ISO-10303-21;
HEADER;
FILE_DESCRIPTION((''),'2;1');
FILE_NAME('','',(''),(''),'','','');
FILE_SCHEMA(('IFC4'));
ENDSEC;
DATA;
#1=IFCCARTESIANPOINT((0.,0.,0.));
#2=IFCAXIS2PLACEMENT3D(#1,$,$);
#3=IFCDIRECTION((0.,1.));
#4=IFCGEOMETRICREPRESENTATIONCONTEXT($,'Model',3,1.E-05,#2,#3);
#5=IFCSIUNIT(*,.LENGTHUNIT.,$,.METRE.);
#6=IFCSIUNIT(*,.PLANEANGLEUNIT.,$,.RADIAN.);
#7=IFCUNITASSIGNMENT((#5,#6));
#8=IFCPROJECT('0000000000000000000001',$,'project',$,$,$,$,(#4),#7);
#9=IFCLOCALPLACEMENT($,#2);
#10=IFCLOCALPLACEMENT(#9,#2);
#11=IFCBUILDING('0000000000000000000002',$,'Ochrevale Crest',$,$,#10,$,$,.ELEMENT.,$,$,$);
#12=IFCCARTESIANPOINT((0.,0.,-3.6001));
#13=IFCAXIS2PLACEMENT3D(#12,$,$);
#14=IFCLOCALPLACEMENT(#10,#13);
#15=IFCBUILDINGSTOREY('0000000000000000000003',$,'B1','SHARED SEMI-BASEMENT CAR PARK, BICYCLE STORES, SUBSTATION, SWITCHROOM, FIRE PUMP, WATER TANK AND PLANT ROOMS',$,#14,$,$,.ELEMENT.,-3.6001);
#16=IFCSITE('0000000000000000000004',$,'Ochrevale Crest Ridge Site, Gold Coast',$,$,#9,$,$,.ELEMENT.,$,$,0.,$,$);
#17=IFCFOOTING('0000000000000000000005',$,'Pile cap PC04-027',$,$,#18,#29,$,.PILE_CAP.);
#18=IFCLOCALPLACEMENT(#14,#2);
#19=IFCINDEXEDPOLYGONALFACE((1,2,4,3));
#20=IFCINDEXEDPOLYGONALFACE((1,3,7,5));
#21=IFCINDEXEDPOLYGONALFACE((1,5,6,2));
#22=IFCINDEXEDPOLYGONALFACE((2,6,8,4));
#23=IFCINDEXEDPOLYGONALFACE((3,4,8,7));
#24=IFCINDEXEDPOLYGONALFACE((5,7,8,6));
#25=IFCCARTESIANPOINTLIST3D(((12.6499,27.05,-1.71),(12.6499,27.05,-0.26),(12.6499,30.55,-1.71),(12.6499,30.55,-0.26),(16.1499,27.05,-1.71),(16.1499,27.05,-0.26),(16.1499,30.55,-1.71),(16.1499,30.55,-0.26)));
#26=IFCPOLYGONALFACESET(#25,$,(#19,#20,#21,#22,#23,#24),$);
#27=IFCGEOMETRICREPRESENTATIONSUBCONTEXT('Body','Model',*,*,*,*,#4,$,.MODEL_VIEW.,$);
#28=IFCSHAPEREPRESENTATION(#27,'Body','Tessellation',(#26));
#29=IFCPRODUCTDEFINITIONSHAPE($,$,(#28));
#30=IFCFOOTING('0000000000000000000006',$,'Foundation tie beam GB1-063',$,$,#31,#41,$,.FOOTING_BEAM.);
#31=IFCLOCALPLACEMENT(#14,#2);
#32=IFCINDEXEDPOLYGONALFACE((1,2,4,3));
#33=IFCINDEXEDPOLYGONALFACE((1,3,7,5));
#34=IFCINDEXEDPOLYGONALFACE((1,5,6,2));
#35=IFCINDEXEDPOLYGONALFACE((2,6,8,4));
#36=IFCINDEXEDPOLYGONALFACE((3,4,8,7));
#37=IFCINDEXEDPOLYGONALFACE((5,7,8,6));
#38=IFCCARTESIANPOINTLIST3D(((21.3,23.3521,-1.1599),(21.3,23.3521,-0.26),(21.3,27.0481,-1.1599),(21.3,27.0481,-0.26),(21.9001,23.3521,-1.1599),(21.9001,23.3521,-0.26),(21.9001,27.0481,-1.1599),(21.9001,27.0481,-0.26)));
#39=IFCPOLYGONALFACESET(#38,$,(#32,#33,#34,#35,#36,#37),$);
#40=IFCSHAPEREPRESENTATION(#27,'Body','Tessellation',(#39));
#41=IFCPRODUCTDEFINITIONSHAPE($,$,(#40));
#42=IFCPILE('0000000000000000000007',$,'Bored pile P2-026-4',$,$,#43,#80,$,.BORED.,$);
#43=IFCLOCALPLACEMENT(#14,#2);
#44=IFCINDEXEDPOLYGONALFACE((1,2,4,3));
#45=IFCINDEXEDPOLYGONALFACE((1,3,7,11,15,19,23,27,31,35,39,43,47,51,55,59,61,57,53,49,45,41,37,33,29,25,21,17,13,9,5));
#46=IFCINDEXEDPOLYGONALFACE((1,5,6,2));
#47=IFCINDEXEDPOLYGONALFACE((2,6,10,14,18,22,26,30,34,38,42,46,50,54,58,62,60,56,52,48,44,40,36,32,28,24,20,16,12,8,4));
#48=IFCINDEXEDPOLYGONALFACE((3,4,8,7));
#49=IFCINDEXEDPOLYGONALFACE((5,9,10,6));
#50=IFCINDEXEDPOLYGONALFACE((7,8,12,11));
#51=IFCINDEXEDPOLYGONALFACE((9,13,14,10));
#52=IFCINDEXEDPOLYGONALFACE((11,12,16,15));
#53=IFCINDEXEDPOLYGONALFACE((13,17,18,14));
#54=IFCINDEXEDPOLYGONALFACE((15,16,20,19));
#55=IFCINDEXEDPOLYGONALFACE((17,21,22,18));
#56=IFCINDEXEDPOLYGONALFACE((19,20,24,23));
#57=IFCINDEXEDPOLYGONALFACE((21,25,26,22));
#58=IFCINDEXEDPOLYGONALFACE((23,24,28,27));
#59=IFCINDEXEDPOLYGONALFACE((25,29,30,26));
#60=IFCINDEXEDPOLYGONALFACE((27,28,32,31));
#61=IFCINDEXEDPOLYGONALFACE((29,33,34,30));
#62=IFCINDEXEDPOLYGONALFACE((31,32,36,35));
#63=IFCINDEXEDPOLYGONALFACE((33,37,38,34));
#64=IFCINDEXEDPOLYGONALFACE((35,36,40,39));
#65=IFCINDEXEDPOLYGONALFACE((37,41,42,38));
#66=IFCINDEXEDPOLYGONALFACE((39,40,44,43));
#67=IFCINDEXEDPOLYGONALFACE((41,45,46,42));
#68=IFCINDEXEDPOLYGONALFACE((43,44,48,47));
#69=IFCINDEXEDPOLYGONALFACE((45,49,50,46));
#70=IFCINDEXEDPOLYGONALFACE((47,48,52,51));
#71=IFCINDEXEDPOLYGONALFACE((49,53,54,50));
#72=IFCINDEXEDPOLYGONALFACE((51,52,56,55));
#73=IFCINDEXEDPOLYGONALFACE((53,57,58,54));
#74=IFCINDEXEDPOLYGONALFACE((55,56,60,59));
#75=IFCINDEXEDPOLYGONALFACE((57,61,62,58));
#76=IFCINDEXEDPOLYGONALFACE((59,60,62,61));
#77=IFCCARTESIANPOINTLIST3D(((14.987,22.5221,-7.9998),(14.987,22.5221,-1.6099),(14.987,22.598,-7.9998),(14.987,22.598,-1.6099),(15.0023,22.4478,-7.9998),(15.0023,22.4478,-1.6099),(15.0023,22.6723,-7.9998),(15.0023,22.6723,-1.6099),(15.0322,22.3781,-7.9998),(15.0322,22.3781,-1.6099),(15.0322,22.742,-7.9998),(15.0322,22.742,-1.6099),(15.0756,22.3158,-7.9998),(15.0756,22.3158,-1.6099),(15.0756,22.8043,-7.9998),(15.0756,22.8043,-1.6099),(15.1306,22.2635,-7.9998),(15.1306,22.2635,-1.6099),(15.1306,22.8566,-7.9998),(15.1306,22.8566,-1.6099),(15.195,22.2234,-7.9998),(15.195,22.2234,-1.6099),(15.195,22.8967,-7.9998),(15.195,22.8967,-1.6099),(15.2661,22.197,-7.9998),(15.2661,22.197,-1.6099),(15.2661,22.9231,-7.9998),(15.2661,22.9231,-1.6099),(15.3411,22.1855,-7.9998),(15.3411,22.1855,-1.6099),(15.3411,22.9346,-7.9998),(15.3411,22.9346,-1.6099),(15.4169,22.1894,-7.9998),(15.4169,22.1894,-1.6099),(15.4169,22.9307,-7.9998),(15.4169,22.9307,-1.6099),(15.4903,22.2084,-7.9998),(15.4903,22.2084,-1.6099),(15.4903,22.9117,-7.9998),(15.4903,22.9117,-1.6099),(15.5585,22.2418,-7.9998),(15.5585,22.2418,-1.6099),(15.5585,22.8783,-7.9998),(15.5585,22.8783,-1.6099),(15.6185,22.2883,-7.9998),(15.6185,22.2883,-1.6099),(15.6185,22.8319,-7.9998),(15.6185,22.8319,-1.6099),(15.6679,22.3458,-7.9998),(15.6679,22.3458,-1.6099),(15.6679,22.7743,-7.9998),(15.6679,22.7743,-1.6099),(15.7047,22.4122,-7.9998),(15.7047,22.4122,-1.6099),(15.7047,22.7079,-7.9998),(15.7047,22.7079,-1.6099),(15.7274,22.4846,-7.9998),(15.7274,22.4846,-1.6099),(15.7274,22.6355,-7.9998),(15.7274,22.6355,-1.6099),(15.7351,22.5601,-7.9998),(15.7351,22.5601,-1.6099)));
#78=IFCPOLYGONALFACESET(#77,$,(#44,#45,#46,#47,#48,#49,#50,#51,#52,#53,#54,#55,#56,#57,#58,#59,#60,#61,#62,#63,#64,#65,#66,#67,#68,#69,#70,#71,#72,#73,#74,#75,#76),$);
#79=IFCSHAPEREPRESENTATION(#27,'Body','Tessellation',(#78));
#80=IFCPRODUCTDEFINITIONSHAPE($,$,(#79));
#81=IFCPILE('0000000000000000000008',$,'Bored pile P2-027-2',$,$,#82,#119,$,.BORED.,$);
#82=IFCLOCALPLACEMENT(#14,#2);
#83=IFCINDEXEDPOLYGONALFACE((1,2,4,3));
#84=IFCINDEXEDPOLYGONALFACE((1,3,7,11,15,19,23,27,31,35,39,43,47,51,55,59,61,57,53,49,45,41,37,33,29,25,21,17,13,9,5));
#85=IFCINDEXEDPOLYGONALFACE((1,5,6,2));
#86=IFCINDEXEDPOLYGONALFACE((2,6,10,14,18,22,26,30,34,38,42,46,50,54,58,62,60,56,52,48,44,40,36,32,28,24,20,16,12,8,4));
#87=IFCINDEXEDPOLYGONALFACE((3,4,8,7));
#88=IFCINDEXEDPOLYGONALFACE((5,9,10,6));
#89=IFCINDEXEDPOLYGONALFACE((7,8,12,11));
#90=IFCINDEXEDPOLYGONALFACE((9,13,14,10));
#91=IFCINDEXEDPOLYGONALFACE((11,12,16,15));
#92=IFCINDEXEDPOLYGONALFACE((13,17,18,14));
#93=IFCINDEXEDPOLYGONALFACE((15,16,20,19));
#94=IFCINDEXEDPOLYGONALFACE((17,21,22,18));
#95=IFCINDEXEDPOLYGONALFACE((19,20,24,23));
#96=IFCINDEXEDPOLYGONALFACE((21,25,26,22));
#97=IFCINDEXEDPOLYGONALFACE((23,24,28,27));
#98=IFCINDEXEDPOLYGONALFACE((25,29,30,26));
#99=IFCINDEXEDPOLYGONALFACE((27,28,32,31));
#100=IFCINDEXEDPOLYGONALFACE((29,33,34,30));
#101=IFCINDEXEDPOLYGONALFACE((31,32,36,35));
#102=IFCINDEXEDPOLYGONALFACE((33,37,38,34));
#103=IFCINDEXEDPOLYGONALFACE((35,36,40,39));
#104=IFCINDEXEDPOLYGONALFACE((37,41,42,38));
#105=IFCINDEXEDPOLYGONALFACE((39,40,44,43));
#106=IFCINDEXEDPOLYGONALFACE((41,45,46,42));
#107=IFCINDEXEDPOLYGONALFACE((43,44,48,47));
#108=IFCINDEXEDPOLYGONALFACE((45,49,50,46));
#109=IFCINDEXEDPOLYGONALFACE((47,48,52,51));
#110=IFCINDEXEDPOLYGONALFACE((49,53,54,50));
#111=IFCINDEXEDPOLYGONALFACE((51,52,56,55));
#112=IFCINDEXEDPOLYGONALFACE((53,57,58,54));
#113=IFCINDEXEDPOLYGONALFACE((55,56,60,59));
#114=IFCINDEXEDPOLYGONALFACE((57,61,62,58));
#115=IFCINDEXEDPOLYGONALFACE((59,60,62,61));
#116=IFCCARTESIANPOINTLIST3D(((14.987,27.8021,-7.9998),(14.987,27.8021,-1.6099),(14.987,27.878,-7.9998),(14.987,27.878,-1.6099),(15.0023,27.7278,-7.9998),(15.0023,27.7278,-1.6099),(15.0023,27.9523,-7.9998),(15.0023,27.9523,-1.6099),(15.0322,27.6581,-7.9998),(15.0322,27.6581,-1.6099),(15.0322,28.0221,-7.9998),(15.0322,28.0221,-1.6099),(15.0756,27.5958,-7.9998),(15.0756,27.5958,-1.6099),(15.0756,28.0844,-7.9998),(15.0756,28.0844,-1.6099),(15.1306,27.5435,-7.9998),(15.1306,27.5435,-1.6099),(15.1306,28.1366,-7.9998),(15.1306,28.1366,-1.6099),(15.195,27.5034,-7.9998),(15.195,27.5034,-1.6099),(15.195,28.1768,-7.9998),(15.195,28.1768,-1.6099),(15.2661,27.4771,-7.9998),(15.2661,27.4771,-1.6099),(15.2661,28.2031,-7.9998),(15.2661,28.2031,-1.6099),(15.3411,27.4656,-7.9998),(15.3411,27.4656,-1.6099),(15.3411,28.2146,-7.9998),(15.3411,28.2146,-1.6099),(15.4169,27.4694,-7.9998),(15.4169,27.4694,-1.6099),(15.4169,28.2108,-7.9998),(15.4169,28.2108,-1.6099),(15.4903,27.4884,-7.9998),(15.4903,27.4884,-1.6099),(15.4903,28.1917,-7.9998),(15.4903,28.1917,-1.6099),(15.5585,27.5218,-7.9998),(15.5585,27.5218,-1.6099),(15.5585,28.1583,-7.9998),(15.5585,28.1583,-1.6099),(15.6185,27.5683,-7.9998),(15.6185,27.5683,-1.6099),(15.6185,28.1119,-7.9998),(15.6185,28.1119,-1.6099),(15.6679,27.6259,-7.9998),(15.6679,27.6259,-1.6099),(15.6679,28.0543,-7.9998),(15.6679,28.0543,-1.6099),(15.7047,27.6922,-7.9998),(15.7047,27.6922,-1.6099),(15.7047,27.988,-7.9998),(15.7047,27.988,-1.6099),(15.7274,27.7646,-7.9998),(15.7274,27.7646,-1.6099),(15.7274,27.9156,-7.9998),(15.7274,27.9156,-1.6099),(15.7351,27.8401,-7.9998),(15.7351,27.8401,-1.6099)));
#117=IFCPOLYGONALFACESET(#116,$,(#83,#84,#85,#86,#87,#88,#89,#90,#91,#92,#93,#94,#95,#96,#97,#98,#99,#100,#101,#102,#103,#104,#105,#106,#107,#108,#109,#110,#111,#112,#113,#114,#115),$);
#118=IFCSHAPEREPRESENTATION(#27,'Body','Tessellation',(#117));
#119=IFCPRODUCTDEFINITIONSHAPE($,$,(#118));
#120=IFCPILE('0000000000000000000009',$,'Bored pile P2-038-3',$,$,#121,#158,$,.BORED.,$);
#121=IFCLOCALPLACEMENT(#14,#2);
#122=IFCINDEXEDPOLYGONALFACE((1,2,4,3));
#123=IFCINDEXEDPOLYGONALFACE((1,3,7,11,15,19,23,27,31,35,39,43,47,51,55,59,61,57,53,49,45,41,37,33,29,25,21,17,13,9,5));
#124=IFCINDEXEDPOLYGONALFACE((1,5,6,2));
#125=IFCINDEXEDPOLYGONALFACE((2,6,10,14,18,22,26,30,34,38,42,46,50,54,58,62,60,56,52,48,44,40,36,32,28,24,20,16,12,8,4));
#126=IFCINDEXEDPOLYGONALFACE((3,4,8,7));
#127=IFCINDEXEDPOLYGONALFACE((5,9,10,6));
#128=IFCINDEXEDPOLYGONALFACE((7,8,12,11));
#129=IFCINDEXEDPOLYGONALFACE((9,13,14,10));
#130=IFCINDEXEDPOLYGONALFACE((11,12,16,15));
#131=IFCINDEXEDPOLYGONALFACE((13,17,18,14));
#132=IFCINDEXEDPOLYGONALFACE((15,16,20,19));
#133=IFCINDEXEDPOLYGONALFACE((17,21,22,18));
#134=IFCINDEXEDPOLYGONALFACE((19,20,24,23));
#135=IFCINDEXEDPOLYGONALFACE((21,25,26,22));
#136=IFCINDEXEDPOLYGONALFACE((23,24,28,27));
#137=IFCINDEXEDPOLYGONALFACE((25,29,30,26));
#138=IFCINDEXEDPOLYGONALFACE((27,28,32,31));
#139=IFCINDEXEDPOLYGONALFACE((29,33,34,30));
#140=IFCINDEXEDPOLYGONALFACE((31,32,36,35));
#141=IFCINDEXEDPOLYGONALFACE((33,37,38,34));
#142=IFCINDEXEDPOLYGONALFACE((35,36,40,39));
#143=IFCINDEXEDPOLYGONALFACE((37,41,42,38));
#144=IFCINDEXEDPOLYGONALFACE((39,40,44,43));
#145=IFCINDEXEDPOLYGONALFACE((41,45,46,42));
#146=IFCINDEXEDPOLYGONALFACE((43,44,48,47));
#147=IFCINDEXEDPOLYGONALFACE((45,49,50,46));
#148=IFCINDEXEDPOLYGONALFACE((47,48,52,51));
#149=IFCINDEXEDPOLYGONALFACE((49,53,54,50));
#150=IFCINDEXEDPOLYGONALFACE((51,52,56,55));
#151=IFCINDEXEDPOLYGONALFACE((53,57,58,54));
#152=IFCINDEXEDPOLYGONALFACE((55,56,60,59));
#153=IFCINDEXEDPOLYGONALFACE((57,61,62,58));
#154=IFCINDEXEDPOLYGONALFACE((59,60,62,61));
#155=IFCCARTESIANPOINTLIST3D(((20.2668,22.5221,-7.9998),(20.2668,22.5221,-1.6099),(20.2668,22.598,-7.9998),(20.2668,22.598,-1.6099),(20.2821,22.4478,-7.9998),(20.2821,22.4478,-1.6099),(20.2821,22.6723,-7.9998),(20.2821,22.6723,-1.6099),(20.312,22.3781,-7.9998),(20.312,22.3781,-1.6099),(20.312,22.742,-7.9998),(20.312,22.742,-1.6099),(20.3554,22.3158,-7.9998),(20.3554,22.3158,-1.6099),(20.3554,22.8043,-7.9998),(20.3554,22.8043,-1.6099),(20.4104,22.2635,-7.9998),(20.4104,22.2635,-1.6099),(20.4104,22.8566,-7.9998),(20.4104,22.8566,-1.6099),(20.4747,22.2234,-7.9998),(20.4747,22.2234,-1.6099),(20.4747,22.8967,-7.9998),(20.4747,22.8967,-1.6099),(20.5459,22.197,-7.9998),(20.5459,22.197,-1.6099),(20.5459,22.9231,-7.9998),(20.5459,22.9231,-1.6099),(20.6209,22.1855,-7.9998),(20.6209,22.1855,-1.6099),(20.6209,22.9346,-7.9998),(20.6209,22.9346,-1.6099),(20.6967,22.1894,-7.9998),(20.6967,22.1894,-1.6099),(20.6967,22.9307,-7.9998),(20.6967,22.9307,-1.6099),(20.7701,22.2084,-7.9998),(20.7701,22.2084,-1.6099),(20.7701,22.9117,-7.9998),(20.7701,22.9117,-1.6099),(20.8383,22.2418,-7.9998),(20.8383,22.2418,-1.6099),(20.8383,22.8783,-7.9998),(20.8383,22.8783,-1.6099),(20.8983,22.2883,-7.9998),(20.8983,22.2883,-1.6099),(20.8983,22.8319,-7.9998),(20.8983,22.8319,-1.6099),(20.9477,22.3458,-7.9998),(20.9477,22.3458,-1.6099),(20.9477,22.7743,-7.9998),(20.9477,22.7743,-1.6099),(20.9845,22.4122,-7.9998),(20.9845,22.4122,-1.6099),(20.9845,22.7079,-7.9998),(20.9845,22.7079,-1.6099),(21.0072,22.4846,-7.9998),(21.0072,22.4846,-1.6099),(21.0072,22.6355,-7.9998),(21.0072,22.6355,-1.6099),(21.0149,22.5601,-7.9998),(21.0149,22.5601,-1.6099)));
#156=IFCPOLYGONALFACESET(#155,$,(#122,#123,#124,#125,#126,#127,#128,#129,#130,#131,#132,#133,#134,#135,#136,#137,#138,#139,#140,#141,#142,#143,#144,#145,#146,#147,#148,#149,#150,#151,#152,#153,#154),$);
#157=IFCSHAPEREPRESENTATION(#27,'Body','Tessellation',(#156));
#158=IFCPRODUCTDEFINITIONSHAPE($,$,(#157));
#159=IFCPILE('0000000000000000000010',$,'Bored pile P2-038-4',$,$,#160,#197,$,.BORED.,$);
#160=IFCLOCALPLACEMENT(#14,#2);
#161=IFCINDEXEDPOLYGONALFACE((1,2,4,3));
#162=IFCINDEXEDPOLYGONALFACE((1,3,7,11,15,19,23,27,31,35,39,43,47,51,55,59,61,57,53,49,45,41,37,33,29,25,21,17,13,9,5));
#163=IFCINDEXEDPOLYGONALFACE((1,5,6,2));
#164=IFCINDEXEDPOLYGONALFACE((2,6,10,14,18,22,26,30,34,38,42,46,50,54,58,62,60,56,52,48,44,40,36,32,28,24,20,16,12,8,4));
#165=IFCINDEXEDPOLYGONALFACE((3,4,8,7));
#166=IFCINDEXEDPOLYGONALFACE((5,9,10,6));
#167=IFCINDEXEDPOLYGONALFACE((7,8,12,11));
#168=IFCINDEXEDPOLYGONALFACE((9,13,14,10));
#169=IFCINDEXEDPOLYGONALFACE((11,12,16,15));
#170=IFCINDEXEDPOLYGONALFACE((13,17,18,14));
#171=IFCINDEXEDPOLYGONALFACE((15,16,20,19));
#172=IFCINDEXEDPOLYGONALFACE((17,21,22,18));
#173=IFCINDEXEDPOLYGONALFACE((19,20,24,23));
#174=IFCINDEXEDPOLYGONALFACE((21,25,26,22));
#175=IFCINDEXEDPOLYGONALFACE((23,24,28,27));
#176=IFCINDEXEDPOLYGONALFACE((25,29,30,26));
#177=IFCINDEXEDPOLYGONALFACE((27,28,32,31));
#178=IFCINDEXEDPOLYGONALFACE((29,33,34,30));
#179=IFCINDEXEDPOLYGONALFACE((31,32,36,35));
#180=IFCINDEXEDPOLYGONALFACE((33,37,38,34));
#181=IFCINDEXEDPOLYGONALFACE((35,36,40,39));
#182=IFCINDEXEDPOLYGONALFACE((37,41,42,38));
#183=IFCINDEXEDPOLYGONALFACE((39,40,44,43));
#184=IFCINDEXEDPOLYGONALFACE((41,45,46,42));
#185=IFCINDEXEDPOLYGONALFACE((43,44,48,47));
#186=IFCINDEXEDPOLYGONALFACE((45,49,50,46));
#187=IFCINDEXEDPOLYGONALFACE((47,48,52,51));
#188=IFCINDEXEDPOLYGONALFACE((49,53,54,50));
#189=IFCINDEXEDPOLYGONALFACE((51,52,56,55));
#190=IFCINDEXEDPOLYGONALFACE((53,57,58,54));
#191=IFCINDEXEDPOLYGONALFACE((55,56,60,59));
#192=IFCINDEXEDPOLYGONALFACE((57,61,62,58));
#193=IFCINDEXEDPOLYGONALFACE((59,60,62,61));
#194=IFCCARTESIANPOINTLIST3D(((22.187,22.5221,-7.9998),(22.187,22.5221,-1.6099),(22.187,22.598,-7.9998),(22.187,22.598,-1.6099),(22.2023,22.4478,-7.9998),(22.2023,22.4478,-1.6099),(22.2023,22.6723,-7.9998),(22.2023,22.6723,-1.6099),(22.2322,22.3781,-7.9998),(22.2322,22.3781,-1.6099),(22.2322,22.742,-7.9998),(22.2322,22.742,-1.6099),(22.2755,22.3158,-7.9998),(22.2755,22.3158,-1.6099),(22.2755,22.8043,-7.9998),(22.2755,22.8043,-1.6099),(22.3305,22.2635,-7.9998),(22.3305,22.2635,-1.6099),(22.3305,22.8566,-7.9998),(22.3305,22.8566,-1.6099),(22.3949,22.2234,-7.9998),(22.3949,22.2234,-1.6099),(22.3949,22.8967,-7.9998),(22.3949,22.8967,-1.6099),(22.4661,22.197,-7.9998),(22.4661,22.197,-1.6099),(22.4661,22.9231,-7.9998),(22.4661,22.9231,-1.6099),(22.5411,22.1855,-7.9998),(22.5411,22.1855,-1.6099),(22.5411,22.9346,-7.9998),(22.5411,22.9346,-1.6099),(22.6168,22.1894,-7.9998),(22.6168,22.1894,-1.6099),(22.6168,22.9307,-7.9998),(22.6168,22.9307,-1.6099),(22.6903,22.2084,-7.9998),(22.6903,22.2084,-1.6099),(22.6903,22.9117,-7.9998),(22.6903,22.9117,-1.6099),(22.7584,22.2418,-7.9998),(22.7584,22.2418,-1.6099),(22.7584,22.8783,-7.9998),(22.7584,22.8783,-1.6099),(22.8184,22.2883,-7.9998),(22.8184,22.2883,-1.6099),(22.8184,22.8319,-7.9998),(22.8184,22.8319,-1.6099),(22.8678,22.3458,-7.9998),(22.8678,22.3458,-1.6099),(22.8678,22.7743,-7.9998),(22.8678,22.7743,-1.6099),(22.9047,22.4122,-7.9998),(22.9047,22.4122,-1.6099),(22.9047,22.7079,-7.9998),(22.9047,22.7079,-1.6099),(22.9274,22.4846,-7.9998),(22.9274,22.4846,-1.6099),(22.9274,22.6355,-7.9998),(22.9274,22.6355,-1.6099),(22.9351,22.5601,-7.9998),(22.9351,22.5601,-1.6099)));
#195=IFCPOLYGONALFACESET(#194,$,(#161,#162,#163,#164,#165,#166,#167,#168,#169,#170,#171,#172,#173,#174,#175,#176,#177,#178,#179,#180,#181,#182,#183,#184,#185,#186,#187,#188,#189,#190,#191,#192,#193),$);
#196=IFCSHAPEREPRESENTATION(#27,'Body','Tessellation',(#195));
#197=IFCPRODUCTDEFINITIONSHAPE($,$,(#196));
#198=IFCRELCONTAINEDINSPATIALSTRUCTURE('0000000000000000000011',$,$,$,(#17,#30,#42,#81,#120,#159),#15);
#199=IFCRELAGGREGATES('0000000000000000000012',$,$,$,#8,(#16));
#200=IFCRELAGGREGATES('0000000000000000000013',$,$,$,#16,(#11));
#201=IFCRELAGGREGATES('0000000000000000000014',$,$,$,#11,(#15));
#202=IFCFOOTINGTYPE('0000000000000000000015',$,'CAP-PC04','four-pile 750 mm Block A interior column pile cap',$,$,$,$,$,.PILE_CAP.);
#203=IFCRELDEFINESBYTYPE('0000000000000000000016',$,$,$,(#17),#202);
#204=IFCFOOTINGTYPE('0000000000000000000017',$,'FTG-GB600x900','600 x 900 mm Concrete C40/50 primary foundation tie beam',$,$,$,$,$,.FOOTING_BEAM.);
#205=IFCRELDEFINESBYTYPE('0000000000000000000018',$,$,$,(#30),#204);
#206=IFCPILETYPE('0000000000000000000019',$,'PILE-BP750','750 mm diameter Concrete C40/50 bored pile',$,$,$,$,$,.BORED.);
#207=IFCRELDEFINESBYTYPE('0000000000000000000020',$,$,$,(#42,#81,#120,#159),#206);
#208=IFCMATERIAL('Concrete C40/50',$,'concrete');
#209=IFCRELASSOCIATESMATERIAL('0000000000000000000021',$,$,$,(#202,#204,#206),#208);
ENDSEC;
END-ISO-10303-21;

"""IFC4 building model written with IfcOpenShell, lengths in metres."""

from ifc_helpers import new_model, si_unit, direction, frame, origin, origin_2d, place, context, subcontext, project, spatial, rectangle, circle, extrude, material, material_profile, profile_set, type_object, element, save


model = new_model("IFC4")

# Units and contexts
model_context = context("Model", 3, precision=1e-05, world=origin(), true_north=direction((0.0, 1.0)))
body_context = subcontext(model_context, "Body", "Model", "MODEL_VIEW")
ifc_project = project(units=[si_unit("LENGTHUNIT", "METRE"), si_unit("PLANEANGLEUNIT", "RADIAN")], contexts=[model_context])

# Site, building, storey
site_placement = place(None, origin())
site = spatial("IfcSite", under=ifc_project, at=site_placement, Name="Ochrevale Crest Ridge Site, Gold Coast", CompositionType="ELEMENT", RefElevation=0.0)
building_placement = place(site_placement, origin())
building = spatial("IfcBuilding", under=site, at=building_placement, Name="Ochrevale Crest", CompositionType="ELEMENT")
storey_placement = place(building_placement, frame((0.0, 0.0, -3.6001)))
storey = spatial("IfcBuildingStorey", under=building, at=storey_placement, Name="B1", Description="SHARED SEMI-BASEMENT CAR PARK, BICYCLE STORES, SUBSTATION, SWITCHROOM, FIRE PUMP, WATER TANK AND PLANT ROOMS", CompositionType="ELEMENT", Elevation=-3.6001)

# Footings
ifc_material_1 = material(Name="Concrete C40/50", Category="concrete")
footing_type_1 = type_object("IfcFootingType", Name="CAP-PC04", Description="four-pile 750 mm Block A interior column pile cap", PredefinedType="PILE_CAP", material=ifc_material_1)
footing_1_placement = place(storey_placement, frame((14.3999, 28.8, -1.71), z_axis=(0.0, 0.0, 1.0), x_axis=(1.0, 0.0, 0.0)))
element("IfcFooting", 1, at=footing_1_placement, inside=storey, type_object=footing_type_1, Name="Pile cap PC04-027", PredefinedType="PILE_CAP", context=body_context, shape_type="SweptSolid", body=[
    extrude(rectangle(XDim=3.5, YDim=3.5, at=origin_2d()), origin(), (0.0, 0.0, 1.0), 1.45),
])
ifc_material_profile_1 = material_profile(ifc_material_1, rectangle(XDim=0.6001, YDim=0.8999, at=origin_2d()), Name="GB 600x900")
ifc_profile_set_1 = profile_set([ifc_material_profile_1], Name="Concrete C40/50")
footing_type_2 = type_object("IfcFootingType", Name="FTG-GB600x900", Description="600 x 900 mm Concrete C40/50 primary foundation tie beam", PredefinedType="FOOTING_BEAM", material=ifc_profile_set_1)
footing_2_placement = place(storey_placement, frame((21.6001, 23.3521, -0.71), z_axis=(0.0, 1.0, 0.0), x_axis=(-1.0, 0.0, 0.0)))
element("IfcFooting", 2, at=footing_2_placement, inside=storey, type_object=footing_type_2, Name="Foundation tie beam GB1-063", PredefinedType="FOOTING_BEAM", context=body_context, shape_type="SweptSolid", body=[
    extrude(rectangle(XDim=0.6001, YDim=0.8999, at=origin_2d()), origin(), (0.0, 0.0, 1.0), 3.696),
])

# Piles
ifc_material_profile_2 = material_profile(ifc_material_1, circle(Radius=0.375, at=origin_2d()), Name="BORED PILE 750")
ifc_profile_set_2 = profile_set([ifc_material_profile_2], Name="Concrete C40/50")
pile_type = type_object("IfcPileType", Name="PILE-BP750", Description="750 mm diameter Concrete C40/50 bored pile", PredefinedType="BORED", material=ifc_profile_set_2)
for number, where, z_axis, x_axis, name in (
    (3, (15.3601, 22.5601, -1.6099), (0.0, 0.0, -1.0), (1.0, 0.0, 0.0), "Bored pile P2-026-4"),
    (4, (15.3601, 27.8401, -1.6099), (0.0, 0.0, -1.0), (1.0, 0.0, 0.0), "Bored pile P2-027-2"),
    (5, (20.6399, 22.5601, -1.6099), (0.0, 0.0, -1.0), (1.0, 0.0, 0.0), "Bored pile P2-038-3"),
    (6, (22.5601, 22.5601, -1.6099), (0.0, 0.0, -1.0), (1.0, 0.0, 0.0), "Bored pile P2-038-4"),
):
    element("IfcPile", number, at=place(storey_placement, frame(where, z_axis=z_axis, x_axis=x_axis)), inside=storey, type_object=pile_type, Name=name, PredefinedType="BORED", context=body_context, shape_type="SweptSolid", body=[
        extrude(circle(Radius=0.375, at=origin_2d()), origin(), (0.0, 0.0, 1.0), 6.3899),
    ])

save(model, "model.ifc")
